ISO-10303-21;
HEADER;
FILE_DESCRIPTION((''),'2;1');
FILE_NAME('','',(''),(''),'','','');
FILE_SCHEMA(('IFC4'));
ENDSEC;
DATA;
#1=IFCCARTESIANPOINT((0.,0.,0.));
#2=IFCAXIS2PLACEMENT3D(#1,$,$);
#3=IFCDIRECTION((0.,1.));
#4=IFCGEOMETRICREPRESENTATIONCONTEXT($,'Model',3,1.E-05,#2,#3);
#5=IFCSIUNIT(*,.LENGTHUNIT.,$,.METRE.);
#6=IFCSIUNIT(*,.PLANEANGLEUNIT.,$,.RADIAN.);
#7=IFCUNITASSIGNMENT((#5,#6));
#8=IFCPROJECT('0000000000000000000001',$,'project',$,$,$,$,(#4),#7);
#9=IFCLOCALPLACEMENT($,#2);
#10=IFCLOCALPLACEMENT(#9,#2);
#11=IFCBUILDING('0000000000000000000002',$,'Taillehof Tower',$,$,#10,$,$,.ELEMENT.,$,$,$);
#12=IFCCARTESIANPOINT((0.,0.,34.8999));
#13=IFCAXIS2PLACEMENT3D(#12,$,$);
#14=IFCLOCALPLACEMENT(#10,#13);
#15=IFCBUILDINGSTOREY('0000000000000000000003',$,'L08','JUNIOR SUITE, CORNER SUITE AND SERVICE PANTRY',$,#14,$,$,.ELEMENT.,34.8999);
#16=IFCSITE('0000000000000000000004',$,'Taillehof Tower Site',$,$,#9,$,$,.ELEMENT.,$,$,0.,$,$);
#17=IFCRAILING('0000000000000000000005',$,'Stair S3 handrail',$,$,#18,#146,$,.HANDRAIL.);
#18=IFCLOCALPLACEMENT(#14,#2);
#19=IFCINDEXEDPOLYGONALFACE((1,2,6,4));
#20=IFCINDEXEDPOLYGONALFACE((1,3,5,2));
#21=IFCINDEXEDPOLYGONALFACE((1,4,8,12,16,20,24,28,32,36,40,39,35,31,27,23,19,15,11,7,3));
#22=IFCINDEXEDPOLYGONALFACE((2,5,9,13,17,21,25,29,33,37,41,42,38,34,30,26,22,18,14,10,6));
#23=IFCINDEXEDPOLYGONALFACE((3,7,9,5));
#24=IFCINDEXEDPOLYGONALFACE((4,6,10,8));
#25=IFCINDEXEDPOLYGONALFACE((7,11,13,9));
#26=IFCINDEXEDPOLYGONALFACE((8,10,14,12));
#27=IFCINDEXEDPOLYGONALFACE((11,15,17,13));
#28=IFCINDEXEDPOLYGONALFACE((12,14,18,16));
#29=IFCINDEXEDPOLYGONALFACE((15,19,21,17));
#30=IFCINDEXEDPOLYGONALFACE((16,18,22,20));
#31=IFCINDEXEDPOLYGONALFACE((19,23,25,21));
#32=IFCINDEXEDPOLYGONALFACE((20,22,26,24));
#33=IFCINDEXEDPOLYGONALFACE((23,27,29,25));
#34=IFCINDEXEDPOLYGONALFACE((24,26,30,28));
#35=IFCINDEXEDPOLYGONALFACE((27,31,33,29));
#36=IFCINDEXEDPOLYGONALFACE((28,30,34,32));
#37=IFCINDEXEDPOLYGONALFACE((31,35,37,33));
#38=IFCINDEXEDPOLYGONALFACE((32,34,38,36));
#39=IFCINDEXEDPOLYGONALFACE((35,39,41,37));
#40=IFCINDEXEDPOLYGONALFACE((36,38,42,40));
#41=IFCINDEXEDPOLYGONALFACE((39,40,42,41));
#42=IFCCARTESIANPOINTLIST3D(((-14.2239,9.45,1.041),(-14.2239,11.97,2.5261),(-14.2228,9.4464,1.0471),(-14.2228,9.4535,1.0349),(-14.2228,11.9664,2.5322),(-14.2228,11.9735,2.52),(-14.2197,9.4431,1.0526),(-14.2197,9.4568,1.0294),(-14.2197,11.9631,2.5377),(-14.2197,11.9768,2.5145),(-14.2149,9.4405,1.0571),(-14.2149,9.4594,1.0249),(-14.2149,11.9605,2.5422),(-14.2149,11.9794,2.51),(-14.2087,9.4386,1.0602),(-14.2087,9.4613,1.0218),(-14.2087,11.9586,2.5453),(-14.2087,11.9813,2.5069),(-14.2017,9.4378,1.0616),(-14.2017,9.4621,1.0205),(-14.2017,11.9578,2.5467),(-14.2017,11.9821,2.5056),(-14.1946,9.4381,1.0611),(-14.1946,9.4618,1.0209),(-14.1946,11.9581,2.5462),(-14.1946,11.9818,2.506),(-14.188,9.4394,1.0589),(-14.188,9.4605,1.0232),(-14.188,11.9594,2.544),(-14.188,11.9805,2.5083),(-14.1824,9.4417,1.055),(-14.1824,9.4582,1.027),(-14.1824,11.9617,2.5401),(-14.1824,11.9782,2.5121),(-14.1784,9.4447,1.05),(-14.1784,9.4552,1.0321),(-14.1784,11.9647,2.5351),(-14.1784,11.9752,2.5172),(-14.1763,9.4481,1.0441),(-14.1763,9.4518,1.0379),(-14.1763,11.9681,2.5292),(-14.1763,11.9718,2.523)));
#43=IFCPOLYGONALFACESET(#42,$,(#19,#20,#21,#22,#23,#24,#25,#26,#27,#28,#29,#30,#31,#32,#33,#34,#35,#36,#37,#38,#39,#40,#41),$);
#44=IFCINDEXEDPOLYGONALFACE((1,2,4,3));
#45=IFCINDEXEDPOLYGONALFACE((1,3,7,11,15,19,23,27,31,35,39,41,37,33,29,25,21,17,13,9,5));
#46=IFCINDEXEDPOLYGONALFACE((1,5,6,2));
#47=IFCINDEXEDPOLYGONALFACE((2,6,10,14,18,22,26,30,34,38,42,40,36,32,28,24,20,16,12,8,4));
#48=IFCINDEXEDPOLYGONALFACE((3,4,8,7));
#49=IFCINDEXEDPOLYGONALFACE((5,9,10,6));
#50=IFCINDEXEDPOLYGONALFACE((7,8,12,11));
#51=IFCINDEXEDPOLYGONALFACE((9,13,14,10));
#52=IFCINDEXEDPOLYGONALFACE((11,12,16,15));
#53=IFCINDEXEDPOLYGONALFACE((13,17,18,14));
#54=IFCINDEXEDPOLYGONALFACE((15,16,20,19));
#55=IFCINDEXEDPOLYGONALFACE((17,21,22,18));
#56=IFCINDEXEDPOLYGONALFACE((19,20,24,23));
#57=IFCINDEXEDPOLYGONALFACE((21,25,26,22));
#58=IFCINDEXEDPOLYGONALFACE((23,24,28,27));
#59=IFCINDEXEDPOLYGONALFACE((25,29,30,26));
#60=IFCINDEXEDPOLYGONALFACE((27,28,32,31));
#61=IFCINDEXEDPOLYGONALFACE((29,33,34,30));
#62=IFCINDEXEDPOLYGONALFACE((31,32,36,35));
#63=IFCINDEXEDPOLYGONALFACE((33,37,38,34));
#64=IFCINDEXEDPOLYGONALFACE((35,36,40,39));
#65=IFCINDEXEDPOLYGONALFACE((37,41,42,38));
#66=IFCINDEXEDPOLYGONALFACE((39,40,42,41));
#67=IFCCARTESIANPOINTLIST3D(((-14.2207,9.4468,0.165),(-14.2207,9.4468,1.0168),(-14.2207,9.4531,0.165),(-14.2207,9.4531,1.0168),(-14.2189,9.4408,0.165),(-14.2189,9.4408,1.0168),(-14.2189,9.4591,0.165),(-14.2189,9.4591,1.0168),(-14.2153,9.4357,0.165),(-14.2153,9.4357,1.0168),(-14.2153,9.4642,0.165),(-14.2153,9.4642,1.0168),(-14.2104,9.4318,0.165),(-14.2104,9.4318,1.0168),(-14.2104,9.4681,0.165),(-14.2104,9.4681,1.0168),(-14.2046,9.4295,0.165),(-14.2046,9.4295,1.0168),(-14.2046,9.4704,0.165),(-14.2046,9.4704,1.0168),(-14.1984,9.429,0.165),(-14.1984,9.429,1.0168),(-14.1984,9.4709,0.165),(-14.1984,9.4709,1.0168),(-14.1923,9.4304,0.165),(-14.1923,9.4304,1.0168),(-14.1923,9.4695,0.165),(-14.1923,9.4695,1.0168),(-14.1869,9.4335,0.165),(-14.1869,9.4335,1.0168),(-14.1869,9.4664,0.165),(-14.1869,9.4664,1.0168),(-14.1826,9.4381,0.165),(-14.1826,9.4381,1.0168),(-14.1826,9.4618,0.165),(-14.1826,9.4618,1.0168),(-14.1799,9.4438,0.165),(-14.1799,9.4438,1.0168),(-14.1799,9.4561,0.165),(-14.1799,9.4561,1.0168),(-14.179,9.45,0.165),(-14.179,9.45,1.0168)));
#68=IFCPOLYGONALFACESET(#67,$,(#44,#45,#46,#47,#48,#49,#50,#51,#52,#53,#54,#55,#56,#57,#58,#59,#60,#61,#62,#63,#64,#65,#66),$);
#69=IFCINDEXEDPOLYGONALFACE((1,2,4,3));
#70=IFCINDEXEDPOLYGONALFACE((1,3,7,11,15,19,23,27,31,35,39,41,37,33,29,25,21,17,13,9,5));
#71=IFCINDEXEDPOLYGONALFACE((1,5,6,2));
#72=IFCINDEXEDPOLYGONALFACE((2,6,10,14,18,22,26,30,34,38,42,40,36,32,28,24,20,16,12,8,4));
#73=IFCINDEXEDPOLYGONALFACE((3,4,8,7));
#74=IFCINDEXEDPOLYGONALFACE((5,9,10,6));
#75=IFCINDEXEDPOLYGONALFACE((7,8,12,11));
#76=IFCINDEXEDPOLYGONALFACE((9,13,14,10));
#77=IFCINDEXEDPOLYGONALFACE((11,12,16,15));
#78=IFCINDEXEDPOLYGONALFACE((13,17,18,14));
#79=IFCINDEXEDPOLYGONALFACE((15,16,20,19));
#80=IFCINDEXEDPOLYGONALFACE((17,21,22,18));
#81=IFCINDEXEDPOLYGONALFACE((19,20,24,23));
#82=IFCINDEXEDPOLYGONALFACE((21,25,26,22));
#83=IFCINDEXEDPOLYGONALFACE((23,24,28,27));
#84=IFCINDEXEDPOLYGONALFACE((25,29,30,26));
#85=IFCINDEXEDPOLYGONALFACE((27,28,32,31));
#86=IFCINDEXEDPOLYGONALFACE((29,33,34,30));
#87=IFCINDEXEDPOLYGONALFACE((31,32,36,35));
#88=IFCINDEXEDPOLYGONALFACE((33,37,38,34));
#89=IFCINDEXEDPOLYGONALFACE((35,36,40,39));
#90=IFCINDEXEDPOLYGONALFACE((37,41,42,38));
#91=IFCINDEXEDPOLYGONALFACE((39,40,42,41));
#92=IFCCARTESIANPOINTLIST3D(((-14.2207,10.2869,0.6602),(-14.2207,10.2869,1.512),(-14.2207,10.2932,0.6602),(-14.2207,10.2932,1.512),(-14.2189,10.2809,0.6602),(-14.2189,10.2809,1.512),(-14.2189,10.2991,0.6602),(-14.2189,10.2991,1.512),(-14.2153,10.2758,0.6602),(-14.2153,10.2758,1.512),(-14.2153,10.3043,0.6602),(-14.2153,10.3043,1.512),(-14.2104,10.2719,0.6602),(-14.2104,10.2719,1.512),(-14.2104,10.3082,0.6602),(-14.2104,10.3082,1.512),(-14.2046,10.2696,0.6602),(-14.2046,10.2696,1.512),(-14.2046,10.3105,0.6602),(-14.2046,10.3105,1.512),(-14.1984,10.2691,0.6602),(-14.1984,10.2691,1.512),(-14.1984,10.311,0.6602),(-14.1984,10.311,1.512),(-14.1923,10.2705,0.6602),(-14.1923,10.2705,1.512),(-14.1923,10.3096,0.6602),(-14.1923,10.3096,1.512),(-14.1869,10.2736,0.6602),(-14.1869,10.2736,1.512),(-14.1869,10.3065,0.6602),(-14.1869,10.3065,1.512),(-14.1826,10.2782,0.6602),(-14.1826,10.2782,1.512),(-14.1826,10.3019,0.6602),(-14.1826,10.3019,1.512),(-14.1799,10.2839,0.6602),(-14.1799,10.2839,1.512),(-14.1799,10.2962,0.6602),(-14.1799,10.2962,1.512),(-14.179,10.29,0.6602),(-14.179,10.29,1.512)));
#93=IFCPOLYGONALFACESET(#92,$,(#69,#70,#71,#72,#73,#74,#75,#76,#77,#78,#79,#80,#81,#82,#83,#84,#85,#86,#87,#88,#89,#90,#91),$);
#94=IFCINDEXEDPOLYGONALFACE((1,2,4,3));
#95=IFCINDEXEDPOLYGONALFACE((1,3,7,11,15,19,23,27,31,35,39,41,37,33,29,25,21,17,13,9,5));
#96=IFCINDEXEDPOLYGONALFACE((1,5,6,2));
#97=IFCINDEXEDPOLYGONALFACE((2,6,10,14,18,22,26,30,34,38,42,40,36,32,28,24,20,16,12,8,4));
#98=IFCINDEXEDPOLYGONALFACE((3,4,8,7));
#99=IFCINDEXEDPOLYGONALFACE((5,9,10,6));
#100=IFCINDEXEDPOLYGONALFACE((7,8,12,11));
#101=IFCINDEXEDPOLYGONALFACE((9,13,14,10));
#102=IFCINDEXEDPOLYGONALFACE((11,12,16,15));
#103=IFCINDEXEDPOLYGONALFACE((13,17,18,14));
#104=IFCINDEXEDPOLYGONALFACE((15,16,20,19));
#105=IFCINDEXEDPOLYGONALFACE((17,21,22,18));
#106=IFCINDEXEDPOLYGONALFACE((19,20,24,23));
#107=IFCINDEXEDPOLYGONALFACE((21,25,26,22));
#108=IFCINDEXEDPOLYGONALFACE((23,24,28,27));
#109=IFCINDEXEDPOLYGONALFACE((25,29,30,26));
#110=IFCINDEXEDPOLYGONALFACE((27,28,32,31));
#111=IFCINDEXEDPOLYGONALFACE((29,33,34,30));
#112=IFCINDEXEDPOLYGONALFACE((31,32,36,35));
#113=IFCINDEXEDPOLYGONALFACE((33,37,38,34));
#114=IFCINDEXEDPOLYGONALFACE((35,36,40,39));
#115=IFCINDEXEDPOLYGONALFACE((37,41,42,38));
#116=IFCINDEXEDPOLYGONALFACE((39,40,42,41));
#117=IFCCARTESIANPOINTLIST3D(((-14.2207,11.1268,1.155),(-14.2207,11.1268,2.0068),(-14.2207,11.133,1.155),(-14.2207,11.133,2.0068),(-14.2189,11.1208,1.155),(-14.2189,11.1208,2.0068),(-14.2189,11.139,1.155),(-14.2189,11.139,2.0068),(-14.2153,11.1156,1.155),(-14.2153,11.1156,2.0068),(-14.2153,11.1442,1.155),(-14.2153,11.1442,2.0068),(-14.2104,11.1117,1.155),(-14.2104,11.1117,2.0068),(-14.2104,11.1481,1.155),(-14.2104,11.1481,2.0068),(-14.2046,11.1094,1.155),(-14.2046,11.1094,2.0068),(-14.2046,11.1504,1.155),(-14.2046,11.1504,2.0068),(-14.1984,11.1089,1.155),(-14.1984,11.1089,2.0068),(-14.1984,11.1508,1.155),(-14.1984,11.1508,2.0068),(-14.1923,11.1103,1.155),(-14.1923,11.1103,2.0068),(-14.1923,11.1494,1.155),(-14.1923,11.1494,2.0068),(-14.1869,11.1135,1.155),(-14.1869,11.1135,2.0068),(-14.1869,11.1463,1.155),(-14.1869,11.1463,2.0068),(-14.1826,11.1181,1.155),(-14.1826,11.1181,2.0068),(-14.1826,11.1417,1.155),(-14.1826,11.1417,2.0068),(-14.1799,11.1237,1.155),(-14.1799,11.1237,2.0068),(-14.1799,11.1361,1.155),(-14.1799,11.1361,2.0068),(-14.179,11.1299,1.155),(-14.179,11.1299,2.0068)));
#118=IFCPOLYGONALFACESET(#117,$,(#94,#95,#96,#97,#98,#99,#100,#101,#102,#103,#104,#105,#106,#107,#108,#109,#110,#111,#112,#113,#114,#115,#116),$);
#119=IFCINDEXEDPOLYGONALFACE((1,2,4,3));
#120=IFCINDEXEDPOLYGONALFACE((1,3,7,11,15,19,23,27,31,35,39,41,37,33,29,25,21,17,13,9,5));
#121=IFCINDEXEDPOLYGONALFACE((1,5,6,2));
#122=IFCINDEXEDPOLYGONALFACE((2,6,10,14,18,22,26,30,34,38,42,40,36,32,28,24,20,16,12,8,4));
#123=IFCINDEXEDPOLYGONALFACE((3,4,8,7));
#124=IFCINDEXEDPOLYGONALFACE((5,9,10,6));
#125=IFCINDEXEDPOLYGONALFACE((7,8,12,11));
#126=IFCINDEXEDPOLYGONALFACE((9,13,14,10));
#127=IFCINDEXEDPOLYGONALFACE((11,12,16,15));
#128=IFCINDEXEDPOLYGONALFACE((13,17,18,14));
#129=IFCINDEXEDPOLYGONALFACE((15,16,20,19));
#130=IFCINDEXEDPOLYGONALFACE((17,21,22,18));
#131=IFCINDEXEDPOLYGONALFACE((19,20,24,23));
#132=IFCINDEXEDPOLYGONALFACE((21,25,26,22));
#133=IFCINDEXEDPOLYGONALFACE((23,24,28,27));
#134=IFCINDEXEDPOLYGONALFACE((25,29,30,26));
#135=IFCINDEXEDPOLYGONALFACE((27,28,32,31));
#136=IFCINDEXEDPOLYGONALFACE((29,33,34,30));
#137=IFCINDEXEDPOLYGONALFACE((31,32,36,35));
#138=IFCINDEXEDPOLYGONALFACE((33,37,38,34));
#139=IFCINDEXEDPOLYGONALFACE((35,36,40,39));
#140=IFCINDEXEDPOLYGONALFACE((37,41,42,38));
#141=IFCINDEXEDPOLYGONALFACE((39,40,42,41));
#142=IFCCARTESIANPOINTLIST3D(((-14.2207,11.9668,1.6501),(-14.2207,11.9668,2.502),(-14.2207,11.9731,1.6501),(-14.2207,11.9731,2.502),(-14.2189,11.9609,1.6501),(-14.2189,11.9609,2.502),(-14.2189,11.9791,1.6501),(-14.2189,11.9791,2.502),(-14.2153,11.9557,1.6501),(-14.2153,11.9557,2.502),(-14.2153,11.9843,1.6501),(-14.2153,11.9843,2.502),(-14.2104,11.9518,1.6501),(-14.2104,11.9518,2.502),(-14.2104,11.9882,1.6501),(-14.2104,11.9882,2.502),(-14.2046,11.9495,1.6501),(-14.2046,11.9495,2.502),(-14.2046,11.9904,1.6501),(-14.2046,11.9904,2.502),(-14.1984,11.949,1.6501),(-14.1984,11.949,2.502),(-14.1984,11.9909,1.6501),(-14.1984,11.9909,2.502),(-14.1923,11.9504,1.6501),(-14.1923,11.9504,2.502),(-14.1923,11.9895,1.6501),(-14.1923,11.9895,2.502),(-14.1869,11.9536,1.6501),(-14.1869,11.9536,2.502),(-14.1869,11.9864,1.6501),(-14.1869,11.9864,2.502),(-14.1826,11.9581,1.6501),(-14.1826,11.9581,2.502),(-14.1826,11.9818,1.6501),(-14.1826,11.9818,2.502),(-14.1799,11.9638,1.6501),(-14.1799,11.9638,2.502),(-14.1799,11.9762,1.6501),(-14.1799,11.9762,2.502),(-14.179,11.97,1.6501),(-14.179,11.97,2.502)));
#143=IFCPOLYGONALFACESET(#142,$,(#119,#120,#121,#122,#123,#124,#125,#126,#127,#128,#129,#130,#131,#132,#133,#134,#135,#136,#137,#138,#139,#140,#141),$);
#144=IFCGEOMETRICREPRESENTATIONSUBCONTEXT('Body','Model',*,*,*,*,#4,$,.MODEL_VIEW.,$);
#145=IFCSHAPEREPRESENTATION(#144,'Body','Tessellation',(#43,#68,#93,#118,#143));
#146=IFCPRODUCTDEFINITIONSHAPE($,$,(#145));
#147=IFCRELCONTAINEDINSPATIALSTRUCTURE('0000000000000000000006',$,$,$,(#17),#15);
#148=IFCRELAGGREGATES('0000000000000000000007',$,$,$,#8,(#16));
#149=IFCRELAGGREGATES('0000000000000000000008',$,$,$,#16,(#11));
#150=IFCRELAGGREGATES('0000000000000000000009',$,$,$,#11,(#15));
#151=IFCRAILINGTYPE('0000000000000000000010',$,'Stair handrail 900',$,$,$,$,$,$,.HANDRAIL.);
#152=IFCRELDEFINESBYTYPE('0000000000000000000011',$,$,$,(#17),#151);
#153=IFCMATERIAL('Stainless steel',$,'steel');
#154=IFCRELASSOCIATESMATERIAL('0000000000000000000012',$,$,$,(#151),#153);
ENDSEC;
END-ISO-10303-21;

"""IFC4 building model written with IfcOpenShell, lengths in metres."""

from ifc_helpers import new_model, si_unit, direction, frame, origin, origin_2d, place, context, subcontext, project, spatial, circle, extrude, material, type_object, element, save


model = new_model("IFC4")

# Units and contexts
model_context = context("Model", 3, precision=1e-05, world=origin(), true_north=direction((0.0, 1.0)))
body_context = subcontext(model_context, "Body", "Model", "MODEL_VIEW")
ifc_project = project(units=[si_unit("LENGTHUNIT", "METRE"), si_unit("PLANEANGLEUNIT", "RADIAN")], contexts=[model_context])

# Site, building, storey
site_placement = place(None, origin())
site = spatial("IfcSite", under=ifc_project, at=site_placement, Name="Taillehof Tower Site", CompositionType="ELEMENT", RefElevation=0.0)
building_placement = place(site_placement, origin())
building = spatial("IfcBuilding", under=site, at=building_placement, Name="Taillehof Tower", CompositionType="ELEMENT")
storey_placement = place(building_placement, frame((0.0, 0.0, 34.8999)))
storey = spatial("IfcBuildingStorey", under=building, at=storey_placement, Name="L08", Description="JUNIOR SUITE, CORNER SUITE AND SERVICE PANTRY", CompositionType="ELEMENT", Elevation=34.8999)

# Railing
ifc_material_1 = material(Name="Stainless steel", Category="steel")
railing_type_1 = type_object("IfcRailingType", Name="Stair handrail 900", PredefinedType="HANDRAIL", material=ifc_material_1)
railing_1_placement = place(storey_placement, frame((-14.2, 9.45, 0.165)))
element("IfcRailing", 1, at=railing_1_placement, inside=storey, type_object=railing_type_1, Name="Stair S3 handrail", PredefinedType="HANDRAIL", context=body_context, shape_type="SweptSolid", body=[
    extrude(circle(Radius=0.0239, at=origin_2d()), frame((0.0, 0.0, 0.876), z_axis=(0.0, 0.861524, 0.507717), x_axis=(-1.0, 0.0, 0.0)), (0.0, 0.0, 1.0), 2.925),
    extrude(circle(Radius=0.021, at=origin_2d()), origin(), (0.0, 0.0, 1.0), 0.8518),
    extrude(circle(Radius=0.021, at=origin_2d()), frame((0.0, 0.8401, 0.4951)), (0.0, 0.0, 1.0), 0.8518),
    extrude(circle(Radius=0.021, at=origin_2d()), frame((0.0, 1.6799, 0.99)), (0.0, 0.0, 1.0), 0.8518),
    extrude(circle(Radius=0.021, at=origin_2d()), frame((0.0, 2.52, 1.4851)), (0.0, 0.0, 1.0), 0.8518),
])

save(model, "model.ifc")
